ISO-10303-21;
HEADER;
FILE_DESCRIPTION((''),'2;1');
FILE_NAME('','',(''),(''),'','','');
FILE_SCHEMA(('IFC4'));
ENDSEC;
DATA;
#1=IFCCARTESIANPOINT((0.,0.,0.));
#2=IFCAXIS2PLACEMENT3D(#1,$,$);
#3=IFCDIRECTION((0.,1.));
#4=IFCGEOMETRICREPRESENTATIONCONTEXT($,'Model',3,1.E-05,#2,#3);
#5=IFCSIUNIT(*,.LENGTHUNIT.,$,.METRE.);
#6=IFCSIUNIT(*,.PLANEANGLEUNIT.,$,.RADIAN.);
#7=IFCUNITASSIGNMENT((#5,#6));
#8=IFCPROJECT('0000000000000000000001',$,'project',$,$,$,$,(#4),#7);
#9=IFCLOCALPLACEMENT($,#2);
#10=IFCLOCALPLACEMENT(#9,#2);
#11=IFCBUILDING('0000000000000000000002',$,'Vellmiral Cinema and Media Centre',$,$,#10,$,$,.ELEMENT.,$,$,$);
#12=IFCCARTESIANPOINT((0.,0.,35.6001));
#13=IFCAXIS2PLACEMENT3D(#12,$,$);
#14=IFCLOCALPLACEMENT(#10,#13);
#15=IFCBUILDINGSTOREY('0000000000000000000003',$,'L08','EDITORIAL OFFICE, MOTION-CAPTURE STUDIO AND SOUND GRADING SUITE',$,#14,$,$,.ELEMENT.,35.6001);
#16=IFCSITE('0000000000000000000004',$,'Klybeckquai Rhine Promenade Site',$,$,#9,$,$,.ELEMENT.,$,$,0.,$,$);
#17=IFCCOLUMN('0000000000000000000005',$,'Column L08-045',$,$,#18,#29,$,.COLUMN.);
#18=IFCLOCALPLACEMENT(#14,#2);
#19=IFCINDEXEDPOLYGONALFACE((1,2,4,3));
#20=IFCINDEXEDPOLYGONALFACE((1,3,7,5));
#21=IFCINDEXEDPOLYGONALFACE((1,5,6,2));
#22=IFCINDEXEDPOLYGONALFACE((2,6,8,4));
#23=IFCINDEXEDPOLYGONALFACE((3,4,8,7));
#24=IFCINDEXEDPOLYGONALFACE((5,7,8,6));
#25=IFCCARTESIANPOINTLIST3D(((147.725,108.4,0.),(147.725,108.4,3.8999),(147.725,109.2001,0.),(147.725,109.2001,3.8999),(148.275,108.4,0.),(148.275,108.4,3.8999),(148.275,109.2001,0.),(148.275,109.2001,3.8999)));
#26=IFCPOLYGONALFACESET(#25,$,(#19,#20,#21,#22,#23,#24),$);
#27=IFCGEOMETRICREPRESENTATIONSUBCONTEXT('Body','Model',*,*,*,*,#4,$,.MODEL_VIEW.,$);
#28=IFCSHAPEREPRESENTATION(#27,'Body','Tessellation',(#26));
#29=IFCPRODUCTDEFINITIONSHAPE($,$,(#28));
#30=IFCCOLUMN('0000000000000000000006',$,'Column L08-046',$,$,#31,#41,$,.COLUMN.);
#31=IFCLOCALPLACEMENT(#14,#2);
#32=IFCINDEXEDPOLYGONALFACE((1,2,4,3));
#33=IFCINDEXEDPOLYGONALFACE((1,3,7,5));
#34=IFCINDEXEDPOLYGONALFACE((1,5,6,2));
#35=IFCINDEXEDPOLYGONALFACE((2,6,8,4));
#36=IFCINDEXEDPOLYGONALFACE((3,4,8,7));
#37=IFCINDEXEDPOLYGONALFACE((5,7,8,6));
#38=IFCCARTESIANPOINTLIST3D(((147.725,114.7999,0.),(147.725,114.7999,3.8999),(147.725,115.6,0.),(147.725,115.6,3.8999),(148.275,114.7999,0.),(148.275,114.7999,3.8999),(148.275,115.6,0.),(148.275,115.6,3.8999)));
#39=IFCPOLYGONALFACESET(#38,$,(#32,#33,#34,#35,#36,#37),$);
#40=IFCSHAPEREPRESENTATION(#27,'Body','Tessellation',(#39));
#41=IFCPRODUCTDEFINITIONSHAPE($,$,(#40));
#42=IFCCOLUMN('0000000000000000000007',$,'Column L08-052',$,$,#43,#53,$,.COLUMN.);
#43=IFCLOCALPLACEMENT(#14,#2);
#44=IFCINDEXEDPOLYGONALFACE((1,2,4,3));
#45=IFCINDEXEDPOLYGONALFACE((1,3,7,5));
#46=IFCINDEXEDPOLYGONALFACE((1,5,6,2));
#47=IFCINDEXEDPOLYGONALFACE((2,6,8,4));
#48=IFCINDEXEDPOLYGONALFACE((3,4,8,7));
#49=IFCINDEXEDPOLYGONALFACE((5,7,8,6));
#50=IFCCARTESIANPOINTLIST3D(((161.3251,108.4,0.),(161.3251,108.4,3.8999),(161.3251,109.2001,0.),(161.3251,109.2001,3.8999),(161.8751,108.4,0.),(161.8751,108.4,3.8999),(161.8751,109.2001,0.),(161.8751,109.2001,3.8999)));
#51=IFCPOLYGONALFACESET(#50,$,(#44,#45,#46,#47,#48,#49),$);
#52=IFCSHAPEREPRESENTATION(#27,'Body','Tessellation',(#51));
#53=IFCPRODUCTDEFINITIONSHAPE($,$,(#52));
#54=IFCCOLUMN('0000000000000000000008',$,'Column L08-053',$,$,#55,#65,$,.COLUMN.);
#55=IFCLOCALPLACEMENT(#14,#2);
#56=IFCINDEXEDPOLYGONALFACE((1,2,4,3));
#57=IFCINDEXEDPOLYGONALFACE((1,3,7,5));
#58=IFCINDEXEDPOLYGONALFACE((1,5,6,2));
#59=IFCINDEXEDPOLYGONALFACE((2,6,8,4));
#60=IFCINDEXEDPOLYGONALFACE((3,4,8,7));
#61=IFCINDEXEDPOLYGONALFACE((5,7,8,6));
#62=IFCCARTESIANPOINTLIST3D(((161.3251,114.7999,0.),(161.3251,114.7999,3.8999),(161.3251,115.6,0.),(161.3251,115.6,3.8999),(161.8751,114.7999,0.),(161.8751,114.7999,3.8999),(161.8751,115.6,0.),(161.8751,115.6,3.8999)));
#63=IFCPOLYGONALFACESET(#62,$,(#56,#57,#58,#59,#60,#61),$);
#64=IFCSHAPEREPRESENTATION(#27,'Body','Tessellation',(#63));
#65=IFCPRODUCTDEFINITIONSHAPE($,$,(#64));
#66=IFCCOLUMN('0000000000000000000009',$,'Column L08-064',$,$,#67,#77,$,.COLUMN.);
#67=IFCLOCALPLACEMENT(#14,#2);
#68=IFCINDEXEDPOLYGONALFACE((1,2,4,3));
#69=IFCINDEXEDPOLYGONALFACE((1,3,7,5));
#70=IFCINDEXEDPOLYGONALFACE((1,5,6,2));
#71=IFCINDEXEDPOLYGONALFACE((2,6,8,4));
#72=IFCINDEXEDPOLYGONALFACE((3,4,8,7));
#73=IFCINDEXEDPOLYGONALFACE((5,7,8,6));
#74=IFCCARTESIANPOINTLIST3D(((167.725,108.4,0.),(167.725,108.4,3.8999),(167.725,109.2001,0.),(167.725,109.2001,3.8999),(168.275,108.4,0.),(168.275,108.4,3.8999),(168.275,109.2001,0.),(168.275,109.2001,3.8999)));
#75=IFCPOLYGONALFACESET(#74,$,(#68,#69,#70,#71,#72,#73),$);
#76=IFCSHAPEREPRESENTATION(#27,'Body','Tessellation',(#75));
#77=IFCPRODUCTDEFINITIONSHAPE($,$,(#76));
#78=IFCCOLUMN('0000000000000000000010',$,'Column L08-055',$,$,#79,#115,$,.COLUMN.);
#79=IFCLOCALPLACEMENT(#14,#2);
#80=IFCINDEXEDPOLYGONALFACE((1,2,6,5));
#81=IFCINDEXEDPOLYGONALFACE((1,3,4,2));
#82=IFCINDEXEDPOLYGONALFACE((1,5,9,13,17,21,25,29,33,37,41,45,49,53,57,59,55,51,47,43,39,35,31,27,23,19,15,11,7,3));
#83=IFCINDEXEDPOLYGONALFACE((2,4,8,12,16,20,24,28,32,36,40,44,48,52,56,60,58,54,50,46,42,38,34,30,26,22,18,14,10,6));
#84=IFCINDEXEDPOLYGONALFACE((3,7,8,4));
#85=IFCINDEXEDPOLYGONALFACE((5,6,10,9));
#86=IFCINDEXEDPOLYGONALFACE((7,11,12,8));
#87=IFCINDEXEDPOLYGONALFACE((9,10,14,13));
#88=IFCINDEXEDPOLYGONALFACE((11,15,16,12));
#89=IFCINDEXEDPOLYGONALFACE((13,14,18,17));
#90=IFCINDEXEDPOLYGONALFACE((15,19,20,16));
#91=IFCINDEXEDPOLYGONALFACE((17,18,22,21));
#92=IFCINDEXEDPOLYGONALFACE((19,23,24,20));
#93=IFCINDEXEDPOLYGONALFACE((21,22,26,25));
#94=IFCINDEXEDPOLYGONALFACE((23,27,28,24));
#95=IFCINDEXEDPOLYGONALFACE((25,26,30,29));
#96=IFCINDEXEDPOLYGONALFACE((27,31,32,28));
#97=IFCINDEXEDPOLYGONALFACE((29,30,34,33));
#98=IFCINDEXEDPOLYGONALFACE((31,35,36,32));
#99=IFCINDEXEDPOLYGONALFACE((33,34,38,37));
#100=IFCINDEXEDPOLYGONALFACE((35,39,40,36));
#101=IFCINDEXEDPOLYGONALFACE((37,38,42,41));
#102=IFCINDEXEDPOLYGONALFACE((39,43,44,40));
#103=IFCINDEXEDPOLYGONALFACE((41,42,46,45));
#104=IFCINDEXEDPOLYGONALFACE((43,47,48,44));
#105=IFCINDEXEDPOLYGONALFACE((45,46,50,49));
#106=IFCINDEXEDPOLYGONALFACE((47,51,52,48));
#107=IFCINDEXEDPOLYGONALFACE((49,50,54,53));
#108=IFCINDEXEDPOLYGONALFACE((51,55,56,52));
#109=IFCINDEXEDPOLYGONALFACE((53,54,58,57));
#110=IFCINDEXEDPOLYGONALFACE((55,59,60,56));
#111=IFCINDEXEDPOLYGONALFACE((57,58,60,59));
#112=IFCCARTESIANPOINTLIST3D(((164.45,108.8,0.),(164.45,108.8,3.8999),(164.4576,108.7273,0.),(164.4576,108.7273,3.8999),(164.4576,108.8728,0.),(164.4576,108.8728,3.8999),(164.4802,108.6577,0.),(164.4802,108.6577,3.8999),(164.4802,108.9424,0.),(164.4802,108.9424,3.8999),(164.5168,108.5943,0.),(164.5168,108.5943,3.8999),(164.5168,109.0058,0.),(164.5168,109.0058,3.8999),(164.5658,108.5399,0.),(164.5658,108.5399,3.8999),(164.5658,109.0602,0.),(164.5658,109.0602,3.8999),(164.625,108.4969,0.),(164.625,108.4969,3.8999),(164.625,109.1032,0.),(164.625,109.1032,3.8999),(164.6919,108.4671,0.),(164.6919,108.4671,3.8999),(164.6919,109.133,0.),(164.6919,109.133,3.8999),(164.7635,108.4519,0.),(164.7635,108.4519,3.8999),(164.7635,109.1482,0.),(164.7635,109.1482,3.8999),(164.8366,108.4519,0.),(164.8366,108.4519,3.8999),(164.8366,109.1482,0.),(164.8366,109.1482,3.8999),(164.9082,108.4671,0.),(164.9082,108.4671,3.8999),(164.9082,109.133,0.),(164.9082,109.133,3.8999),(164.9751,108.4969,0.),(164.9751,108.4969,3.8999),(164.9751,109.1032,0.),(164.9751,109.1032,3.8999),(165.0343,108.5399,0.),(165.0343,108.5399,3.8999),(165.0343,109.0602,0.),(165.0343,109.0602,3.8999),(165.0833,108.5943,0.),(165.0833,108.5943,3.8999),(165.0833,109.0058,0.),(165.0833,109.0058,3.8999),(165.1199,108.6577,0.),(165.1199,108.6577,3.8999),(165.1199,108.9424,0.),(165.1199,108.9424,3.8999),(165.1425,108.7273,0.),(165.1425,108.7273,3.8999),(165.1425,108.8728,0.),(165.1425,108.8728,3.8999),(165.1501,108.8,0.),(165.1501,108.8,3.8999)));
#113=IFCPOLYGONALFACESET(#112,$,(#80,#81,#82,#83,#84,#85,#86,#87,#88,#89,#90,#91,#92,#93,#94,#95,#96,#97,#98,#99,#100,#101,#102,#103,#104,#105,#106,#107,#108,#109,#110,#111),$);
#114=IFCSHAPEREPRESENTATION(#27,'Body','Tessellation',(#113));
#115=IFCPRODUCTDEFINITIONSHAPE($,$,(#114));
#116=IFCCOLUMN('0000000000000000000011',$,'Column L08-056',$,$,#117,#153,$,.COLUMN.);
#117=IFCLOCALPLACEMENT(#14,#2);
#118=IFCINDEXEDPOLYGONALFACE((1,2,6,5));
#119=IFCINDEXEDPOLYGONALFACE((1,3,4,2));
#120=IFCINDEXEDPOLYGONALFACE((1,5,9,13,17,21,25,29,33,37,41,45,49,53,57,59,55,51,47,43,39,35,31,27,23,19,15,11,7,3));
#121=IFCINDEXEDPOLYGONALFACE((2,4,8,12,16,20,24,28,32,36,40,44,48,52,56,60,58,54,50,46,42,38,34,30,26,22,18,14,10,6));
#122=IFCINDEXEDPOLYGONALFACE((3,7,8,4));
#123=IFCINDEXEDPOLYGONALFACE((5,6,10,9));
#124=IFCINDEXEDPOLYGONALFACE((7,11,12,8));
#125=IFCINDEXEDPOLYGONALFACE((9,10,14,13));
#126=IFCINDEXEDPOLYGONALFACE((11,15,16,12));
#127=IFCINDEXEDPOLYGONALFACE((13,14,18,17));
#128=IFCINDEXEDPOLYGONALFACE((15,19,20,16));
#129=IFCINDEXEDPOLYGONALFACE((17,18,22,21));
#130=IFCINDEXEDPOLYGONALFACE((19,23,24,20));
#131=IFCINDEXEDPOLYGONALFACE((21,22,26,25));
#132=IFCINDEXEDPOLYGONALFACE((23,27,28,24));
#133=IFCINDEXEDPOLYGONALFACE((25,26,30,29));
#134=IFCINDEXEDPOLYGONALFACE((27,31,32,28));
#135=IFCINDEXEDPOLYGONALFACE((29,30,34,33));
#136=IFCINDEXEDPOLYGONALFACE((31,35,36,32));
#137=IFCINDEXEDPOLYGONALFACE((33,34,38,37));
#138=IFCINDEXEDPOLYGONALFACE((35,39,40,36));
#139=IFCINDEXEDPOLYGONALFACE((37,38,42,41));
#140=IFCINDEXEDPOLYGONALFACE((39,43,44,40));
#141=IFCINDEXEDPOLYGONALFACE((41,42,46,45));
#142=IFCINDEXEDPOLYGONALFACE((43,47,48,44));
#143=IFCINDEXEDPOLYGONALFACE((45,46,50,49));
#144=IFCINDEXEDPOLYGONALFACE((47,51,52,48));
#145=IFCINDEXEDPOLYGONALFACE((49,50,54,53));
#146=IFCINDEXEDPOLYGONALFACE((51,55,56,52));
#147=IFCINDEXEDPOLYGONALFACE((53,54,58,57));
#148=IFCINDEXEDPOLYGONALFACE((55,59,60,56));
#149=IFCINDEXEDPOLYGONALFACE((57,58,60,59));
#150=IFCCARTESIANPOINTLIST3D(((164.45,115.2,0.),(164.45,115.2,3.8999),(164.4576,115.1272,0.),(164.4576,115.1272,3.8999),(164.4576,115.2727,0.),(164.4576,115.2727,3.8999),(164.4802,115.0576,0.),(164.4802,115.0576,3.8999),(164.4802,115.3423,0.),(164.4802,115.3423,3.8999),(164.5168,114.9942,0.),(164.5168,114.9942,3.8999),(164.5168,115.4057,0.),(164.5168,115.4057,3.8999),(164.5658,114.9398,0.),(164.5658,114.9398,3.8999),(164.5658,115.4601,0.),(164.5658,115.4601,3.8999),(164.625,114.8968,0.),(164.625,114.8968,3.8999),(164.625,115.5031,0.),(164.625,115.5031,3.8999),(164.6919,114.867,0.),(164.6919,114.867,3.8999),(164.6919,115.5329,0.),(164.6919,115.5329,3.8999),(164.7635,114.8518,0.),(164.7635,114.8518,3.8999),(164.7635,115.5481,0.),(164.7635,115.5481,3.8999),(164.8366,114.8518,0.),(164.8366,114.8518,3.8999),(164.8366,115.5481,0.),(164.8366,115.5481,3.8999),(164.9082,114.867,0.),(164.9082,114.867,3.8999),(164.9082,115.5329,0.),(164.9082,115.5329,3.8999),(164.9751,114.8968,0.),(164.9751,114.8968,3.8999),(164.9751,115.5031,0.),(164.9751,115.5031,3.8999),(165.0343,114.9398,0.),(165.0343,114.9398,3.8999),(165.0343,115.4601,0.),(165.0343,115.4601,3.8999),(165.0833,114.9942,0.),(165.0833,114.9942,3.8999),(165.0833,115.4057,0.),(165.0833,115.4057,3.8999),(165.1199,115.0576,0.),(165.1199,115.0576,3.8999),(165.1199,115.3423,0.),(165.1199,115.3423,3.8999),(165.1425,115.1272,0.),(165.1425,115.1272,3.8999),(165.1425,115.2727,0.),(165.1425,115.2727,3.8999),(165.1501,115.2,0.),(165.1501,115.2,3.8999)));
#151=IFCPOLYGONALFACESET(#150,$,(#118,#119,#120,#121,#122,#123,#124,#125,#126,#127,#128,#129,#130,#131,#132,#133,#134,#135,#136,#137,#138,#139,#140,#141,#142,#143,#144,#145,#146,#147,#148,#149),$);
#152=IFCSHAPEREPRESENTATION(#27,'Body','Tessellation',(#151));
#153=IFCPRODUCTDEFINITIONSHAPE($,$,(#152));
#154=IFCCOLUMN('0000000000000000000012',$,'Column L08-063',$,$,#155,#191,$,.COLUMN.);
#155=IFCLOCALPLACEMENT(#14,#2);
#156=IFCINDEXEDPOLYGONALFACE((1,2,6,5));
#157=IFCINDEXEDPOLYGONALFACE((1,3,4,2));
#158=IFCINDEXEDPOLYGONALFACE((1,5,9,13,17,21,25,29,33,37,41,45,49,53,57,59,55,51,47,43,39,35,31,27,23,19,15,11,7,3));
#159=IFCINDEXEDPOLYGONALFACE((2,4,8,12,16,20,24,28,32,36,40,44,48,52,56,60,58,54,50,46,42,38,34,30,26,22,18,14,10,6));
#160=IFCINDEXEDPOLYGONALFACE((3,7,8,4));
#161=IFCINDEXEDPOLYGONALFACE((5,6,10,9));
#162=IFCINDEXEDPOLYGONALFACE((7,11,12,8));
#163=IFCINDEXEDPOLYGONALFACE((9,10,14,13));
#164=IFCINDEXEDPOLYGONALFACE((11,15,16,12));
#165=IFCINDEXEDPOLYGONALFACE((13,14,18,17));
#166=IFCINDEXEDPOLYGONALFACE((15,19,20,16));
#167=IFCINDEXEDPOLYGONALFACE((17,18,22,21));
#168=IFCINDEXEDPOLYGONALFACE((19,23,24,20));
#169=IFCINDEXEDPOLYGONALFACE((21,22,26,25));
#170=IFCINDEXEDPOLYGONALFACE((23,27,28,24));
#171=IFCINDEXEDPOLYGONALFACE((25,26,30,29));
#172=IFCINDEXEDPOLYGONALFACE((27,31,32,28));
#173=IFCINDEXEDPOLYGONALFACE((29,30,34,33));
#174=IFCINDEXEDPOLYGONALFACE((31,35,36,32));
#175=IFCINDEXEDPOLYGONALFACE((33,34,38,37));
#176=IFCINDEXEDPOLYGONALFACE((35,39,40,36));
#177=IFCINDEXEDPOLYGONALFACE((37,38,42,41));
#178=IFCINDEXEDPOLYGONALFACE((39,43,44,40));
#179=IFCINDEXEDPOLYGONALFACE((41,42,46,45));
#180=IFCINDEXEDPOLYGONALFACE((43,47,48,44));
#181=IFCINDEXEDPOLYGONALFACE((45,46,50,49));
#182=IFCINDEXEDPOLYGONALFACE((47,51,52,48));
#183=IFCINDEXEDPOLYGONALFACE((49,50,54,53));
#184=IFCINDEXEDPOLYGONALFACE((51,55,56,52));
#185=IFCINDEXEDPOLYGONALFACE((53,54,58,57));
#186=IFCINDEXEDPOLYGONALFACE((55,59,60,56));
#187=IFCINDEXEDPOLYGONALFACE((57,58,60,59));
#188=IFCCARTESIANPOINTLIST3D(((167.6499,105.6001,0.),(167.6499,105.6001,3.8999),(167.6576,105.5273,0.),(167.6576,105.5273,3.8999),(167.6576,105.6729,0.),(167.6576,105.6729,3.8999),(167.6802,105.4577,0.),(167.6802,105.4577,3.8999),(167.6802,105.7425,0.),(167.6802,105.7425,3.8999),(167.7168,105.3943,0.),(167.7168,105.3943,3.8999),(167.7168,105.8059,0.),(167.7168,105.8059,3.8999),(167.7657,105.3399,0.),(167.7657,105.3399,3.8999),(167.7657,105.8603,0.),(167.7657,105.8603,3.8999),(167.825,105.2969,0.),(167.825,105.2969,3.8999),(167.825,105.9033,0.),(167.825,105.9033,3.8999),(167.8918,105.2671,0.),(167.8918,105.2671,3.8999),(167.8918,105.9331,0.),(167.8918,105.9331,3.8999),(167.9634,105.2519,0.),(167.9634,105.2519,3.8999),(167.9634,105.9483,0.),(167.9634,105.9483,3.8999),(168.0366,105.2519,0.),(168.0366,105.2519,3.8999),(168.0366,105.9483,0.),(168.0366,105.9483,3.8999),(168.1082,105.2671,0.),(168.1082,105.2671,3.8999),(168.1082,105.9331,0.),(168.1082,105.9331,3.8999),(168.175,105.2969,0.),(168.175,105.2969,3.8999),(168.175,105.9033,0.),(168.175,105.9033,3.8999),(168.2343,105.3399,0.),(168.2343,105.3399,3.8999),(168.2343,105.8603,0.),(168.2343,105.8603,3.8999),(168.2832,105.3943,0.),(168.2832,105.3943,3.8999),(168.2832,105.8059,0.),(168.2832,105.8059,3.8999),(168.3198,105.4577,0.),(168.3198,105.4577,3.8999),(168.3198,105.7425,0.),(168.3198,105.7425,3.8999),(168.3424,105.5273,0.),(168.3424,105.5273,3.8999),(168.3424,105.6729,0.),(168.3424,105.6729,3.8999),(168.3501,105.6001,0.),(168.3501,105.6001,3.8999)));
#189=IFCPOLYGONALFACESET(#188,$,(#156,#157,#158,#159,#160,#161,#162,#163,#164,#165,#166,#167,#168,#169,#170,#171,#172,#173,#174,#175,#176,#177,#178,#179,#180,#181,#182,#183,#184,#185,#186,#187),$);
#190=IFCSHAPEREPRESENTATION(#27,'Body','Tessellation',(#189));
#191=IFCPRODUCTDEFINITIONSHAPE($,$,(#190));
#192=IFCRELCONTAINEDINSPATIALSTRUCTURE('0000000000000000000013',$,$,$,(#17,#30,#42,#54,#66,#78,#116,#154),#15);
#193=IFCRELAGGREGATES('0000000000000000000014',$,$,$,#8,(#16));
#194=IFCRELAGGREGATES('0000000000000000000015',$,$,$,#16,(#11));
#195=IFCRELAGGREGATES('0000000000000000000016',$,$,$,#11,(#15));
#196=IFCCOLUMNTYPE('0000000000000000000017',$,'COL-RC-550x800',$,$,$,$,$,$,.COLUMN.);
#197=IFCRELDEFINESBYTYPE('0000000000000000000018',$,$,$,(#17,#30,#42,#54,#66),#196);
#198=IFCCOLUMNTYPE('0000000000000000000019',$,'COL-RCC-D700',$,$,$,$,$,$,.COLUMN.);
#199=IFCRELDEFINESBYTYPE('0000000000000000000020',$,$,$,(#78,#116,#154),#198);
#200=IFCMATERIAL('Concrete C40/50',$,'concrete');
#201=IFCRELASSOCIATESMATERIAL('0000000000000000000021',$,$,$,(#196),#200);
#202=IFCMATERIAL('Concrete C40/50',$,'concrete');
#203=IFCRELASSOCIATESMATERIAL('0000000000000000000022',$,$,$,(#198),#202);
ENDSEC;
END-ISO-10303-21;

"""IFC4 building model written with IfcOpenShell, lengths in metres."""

from ifc_helpers import new_model, si_unit, direction, frame, origin, origin_2d, place, context, subcontext, project, spatial, rectangle, circle, extrude, material, material_profile, profile_set, type_object, element, save


model = new_model("IFC4")

# Units and contexts
model_context = context("Model", 3, precision=1e-05, world=origin(), true_north=direction((0.0, 1.0)))
body_context = subcontext(model_context, "Body", "Model", "MODEL_VIEW")
ifc_project = project(units=[si_unit("LENGTHUNIT", "METRE"), si_unit("PLANEANGLEUNIT", "RADIAN")], contexts=[model_context])

# Site, building, storey
site_placement = place(None, origin())
site = spatial("IfcSite", under=ifc_project, at=site_placement, Name="Klybeckquai Rhine Promenade Site", CompositionType="ELEMENT", RefElevation=0.0)
building_placement = place(site_placement, origin())
building = spatial("IfcBuilding", under=site, at=building_placement, Name="Vellmiral Cinema and Media Centre", CompositionType="ELEMENT")
storey_placement = place(building_placement, frame((0.0, 0.0, 35.6001)))
storey = spatial("IfcBuildingStorey", under=building, at=storey_placement, Name="L08", Description="EDITORIAL OFFICE, MOTION-CAPTURE STUDIO AND SOUND GRADING SUITE", CompositionType="ELEMENT", Elevation=35.6001)

# Columns
ifc_material_1 = material(Name="Concrete C40/50", Category="concrete")
ifc_material_profile_1 = material_profile(ifc_material_1, rectangle(XDim=0.55, YDim=0.8, at=origin_2d()), Name="RC 550x800")
ifc_profile_set_1 = profile_set([ifc_material_profile_1], Name="Concrete C40/50")
column_type_1 = type_object("IfcColumnType", Name="COL-RC-550x800", PredefinedType="COLUMN", material=ifc_profile_set_1)
for number, where, z_axis, x_axis, name in (
    (1, (148.0, 108.8, 0.0), (0.0, 0.0, 1.0), (1.0, 0.0, 0.0), "Column L08-045"),
    (2, (148.0, 115.2, 0.0), (0.0, 0.0, 1.0), (1.0, 0.0, 0.0), "Column L08-046"),
    (3, (161.6001, 108.8, 0.0), (0.0, 0.0, 1.0), (1.0, 0.0, 0.0), "Column L08-052"),
    (4, (161.6001, 115.2, 0.0), (0.0, 0.0, 1.0), (1.0, 0.0, 0.0), "Column L08-053"),
    (5, (168.0, 108.8, 0.0), (0.0, 0.0, 1.0), (1.0, 0.0, 0.0), "Column L08-064"),
):
    element("IfcColumn", number, at=place(storey_placement, frame(where, z_axis=z_axis, x_axis=x_axis)), inside=storey, type_object=column_type_1, Name=name, PredefinedType="COLUMN", context=body_context, shape_type="SweptSolid", body=[
        extrude(rectangle(XDim=0.55, YDim=0.8, at=origin_2d()), origin(), (0.0, 0.0, 1.0), 3.8999),
    ])
ifc_material_2 = material(Name="Concrete C40/50", Category="concrete")
ifc_material_profile_2 = material_profile(ifc_material_2, circle(Radius=0.3501, at=origin_2d()), Name="RC D700")
ifc_profile_set_2 = profile_set([ifc_material_profile_2], Name="Concrete C40/50")
column_type_2 = type_object("IfcColumnType", Name="COL-RCC-D700", PredefinedType="COLUMN", material=ifc_profile_set_2)
for number, where, z_axis, x_axis, name in (
    (6, (164.8, 108.8, 0.0), (0.0, 0.0, 1.0), (1.0, 0.0, 0.0), "Column L08-055"),
    (7, (164.8, 115.2, 0.0), (0.0, 0.0, 1.0), (1.0, 0.0, 0.0), "Column L08-056"),
    (8, (168.0, 105.6001, 0.0), (0.0, 0.0, 1.0), (1.0, 0.0, 0.0), "Column L08-063"),
):
    element("IfcColumn", number, at=place(storey_placement, frame(where, z_axis=z_axis, x_axis=x_axis)), inside=storey, type_object=column_type_2, Name=name, PredefinedType="COLUMN", context=body_context, shape_type="SweptSolid", body=[
        extrude(circle(Radius=0.3501, at=origin_2d()), origin(), (0.0, 0.0, 1.0), 3.8999),
    ])

save(model, "model.ifc")
